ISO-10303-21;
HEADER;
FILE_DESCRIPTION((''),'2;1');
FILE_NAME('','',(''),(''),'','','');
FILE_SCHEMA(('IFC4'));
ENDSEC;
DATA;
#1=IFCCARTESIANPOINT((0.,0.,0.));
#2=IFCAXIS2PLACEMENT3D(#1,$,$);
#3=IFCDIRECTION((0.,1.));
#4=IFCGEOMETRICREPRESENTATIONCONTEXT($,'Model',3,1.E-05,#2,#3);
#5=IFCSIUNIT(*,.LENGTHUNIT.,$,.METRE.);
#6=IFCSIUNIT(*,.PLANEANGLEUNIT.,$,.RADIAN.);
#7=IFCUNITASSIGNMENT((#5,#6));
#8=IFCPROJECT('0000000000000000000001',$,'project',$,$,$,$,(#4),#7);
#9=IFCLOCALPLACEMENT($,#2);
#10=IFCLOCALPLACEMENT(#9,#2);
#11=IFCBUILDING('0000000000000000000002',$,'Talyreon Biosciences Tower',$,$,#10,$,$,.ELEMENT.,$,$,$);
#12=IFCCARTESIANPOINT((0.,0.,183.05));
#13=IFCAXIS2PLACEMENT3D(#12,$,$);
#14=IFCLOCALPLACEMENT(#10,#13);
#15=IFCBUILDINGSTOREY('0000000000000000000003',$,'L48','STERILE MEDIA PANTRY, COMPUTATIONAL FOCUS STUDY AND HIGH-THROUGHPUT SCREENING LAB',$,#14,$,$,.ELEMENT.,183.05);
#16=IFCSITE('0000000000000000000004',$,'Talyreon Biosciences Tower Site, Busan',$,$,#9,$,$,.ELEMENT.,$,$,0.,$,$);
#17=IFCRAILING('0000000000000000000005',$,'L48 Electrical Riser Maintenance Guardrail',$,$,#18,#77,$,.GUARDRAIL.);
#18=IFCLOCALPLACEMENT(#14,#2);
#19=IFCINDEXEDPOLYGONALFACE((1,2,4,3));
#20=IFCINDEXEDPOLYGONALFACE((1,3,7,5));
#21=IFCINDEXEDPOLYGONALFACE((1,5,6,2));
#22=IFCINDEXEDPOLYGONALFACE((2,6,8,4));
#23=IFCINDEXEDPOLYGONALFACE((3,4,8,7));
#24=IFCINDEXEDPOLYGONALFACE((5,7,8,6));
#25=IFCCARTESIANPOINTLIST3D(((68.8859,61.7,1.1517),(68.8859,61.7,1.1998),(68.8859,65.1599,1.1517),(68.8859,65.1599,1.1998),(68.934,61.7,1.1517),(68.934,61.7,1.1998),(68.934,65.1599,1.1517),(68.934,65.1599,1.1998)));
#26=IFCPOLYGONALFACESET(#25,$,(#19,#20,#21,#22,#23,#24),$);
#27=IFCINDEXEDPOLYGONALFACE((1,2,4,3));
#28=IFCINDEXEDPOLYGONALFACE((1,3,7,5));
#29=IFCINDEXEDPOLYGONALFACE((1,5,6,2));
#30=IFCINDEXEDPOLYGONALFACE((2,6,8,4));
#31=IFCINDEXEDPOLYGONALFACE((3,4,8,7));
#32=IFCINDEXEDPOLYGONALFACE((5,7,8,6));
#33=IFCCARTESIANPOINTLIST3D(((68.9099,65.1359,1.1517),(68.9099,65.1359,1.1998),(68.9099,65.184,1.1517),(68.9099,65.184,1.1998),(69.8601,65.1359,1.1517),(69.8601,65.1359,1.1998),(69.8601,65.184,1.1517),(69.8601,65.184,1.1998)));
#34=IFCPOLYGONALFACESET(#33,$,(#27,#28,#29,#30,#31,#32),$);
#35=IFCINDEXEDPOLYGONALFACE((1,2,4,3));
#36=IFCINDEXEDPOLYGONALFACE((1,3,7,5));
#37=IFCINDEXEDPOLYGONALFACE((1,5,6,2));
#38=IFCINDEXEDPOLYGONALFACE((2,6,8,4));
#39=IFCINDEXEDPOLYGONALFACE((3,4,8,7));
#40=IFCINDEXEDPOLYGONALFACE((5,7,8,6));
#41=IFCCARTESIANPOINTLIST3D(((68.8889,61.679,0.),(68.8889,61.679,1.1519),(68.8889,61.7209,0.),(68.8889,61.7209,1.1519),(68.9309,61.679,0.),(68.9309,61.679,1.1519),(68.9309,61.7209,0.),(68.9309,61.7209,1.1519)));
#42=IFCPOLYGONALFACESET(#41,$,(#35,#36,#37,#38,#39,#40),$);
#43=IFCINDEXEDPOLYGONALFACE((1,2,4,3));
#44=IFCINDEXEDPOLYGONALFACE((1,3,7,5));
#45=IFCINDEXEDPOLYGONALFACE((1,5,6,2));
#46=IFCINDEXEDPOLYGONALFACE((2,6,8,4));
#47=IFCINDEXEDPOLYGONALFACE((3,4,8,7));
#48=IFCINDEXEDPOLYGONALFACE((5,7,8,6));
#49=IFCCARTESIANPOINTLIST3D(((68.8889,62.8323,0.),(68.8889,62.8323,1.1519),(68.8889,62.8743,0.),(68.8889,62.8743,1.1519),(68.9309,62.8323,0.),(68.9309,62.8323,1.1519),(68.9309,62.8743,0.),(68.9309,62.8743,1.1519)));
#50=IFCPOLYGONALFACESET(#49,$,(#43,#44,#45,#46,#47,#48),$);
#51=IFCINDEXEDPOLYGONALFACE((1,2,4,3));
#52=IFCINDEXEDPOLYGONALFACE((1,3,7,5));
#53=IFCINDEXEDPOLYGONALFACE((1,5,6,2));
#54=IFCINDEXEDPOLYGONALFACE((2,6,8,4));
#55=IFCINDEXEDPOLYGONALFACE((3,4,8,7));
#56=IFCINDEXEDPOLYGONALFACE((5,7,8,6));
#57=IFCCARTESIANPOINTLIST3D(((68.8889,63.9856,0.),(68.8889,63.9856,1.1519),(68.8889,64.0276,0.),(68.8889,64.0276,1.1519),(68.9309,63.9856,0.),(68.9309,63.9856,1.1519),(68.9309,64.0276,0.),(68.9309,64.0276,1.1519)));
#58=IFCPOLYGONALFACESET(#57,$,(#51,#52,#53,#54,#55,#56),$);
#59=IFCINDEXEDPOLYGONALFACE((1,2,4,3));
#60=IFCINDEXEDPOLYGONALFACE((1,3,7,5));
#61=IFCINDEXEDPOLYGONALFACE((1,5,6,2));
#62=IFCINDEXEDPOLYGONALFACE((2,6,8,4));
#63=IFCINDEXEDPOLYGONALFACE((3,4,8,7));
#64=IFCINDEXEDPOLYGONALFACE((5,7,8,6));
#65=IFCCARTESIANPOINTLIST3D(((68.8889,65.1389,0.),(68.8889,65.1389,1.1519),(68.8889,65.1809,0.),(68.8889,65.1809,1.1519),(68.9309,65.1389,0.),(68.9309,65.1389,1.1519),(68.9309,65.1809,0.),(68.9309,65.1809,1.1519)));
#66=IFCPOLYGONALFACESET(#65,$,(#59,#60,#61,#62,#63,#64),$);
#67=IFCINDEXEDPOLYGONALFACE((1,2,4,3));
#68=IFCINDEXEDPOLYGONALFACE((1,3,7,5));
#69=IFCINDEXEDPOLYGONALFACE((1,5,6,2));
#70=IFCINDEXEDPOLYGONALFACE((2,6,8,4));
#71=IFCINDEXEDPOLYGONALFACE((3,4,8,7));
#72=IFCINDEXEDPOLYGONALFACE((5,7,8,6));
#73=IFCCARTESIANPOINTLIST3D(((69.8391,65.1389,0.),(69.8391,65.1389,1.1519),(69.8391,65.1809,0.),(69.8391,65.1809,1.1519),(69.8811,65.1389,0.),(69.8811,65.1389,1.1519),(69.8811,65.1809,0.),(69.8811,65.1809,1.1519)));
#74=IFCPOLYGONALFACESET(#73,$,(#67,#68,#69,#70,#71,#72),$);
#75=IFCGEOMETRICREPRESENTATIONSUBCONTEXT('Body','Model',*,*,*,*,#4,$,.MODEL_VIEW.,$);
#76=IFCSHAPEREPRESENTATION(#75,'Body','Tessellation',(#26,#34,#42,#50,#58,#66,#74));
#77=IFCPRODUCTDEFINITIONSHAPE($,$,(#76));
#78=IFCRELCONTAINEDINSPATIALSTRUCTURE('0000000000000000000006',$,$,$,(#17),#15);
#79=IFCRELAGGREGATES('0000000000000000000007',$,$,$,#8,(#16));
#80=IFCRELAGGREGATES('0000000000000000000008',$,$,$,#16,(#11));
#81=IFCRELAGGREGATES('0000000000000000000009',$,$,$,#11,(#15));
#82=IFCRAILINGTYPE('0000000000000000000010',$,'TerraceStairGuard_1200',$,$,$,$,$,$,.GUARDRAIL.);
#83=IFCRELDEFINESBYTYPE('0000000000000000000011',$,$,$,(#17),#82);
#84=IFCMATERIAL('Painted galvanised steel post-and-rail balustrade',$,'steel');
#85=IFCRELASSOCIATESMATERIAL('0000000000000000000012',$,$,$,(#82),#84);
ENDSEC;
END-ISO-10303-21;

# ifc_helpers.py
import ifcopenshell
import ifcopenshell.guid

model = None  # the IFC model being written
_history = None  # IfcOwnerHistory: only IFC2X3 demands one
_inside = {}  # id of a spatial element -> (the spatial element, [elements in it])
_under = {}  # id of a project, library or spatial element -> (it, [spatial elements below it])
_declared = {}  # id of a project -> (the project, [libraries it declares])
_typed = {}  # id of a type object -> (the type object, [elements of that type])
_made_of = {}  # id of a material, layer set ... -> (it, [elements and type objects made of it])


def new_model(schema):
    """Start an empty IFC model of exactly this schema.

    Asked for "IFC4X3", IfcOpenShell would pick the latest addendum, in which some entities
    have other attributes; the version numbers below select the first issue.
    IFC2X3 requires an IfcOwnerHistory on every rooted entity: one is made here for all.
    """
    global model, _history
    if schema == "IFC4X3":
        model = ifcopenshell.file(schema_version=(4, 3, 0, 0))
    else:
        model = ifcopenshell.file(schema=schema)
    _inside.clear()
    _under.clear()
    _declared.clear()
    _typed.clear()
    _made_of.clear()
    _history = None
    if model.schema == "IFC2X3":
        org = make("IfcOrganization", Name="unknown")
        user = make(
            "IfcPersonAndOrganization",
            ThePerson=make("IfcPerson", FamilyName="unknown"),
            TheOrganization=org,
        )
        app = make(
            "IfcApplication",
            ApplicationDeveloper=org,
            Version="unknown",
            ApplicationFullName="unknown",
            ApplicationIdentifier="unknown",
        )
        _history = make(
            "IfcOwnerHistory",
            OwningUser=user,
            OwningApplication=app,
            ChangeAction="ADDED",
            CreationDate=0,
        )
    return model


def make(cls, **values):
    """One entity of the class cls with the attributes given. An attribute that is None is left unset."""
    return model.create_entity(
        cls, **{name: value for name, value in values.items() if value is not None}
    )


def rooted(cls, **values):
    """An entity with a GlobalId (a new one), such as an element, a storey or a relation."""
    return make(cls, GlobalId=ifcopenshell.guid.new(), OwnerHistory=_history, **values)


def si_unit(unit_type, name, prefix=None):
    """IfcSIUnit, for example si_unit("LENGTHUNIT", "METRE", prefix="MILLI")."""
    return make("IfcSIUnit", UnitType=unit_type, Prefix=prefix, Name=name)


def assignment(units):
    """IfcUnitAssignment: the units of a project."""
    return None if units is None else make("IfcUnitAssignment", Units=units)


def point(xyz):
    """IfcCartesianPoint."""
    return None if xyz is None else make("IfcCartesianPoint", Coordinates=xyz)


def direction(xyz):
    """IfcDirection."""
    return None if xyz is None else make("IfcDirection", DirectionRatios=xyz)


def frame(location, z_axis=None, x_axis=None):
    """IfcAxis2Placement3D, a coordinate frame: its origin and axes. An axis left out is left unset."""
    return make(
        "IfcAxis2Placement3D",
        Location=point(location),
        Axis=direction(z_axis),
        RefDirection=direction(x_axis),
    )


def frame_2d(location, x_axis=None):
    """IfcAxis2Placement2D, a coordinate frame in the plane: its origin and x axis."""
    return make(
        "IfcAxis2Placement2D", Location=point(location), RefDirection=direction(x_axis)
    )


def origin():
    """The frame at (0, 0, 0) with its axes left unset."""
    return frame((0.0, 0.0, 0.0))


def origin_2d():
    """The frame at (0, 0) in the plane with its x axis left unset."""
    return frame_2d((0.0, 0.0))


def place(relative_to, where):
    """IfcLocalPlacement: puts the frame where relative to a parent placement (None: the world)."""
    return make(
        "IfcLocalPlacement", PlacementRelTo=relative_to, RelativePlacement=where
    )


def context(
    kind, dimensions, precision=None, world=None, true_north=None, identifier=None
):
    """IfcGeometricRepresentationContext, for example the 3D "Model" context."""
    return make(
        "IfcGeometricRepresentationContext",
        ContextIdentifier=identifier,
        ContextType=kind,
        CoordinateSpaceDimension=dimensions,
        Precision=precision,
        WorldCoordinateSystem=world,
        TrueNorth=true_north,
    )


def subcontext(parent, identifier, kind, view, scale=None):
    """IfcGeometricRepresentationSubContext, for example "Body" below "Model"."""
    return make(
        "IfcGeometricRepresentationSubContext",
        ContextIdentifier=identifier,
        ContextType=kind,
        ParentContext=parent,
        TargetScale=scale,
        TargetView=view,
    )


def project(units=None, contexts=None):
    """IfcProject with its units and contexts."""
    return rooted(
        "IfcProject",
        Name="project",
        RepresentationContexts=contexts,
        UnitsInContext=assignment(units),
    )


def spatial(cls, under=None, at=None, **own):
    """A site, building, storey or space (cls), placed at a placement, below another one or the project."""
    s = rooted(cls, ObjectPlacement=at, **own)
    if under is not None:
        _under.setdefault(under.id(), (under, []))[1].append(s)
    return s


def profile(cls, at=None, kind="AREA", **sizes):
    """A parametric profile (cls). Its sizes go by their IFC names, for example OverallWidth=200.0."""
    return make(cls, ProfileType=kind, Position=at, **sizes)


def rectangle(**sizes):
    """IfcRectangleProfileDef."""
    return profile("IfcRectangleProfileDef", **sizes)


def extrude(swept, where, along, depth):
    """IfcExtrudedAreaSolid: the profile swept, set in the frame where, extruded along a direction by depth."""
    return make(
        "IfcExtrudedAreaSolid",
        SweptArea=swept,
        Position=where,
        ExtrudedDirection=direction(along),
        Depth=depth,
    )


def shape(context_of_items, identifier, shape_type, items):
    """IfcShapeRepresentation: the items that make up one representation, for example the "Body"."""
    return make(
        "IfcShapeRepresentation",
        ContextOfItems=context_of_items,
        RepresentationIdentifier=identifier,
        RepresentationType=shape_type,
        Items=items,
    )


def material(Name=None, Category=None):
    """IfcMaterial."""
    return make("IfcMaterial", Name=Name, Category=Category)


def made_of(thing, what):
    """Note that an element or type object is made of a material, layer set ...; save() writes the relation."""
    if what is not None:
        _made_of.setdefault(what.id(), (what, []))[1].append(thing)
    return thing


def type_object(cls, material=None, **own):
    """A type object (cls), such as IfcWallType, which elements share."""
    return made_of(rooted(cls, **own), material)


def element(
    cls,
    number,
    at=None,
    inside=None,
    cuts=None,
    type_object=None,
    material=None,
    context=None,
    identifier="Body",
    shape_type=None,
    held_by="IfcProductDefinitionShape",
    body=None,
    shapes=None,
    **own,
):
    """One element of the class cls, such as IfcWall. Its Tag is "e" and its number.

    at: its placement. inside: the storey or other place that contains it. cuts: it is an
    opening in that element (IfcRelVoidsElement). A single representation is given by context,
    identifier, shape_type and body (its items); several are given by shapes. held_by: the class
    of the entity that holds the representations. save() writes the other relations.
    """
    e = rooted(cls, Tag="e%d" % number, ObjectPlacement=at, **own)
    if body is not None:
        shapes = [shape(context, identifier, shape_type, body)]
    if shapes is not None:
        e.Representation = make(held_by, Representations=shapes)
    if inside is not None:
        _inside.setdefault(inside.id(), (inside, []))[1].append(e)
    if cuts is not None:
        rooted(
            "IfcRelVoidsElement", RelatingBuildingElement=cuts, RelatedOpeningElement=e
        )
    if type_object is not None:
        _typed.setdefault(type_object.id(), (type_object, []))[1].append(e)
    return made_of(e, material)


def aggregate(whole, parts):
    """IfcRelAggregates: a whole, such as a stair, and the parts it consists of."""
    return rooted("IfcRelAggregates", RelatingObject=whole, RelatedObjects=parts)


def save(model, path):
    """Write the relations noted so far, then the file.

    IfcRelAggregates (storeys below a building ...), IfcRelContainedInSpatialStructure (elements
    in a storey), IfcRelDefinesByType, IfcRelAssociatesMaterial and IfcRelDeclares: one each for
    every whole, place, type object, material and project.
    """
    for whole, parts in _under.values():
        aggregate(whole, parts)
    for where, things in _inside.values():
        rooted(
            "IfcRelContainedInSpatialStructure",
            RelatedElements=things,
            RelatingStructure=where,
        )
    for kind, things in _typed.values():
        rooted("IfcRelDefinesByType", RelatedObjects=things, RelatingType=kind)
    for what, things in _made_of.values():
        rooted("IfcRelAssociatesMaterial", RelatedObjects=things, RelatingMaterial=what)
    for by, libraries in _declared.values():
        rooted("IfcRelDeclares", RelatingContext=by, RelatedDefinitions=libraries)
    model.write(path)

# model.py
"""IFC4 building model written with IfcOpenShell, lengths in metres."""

from ifc_helpers import new_model, si_unit, direction, frame, origin, origin_2d, place, context, subcontext, project, spatial, rectangle, extrude, material, type_object, element, save


model = new_model("IFC4")

# Units and contexts
model_context = context("Model", 3, precision=1e-05, world=origin(), true_north=direction((0.0, 1.0)))
body_context = subcontext(model_context, "Body", "Model", "MODEL_VIEW")
ifc_project = project(units=[si_unit("LENGTHUNIT", "METRE"), si_unit("PLANEANGLEUNIT", "RADIAN")], contexts=[model_context])

# Site, building, storey
site_placement = place(None, origin())
site = spatial("IfcSite", under=ifc_project, at=site_placement, Name="Talyreon Biosciences Tower Site, Busan", CompositionType="ELEMENT", RefElevation=0.0)
building_placement = place(site_placement, origin())
building = spatial("IfcBuilding", under=site, at=building_placement, Name="Talyreon Biosciences Tower", CompositionType="ELEMENT")
storey_placement = place(building_placement, frame((0.0, 0.0, 183.05)))
storey = spatial("IfcBuildingStorey", under=building, at=storey_placement, Name="L48", Description="STERILE MEDIA PANTRY, COMPUTATIONAL FOCUS STUDY AND HIGH-THROUGHPUT SCREENING LAB", CompositionType="ELEMENT", Elevation=183.05)

# Railing
ifc_material_1 = material(Name="Painted galvanised steel post-and-rail balustrade", Category="steel")
railing_type_1 = type_object("IfcRailingType", Name="TerraceStairGuard_1200", PredefinedType="GUARDRAIL", material=ifc_material_1)
railing_1_placement = place(storey_placement, frame((68.9099, 61.7, 0.0)))
element("IfcRailing", 1, at=railing_1_placement, inside=storey, type_object=railing_type_1, Name="L48 Electrical Riser Maintenance Guardrail", PredefinedType="GUARDRAIL", context=body_context, shape_type="SweptSolid", body=[
    extrude(rectangle(XDim=0.0481, YDim=0.0481, at=origin_2d()), frame((0.0, 0.0, 1.1758), z_axis=(0.0, 1.0, 0.0), x_axis=(-1.0, 0.0, 0.0)), (0.0, 0.0, 1.0), 3.46),
    extrude(rectangle(XDim=0.0481, YDim=0.0481, at=origin_2d()), frame((0.0, 3.46, 1.1758), z_axis=(1.0, 0.0, 0.0), x_axis=(0.0, 1.0, 0.0)), (0.0, 0.0, 1.0), 0.9502),
    extrude(rectangle(XDim=0.042, YDim=0.042, at=origin_2d()), origin(), (0.0, 0.0, 1.0), 1.1519),
    extrude(rectangle(XDim=0.042, YDim=0.042, at=origin_2d()), frame((0.0, 1.1533, 0.0)), (0.0, 0.0, 1.0), 1.1519),
    extrude(rectangle(XDim=0.042, YDim=0.042, at=origin_2d()), frame((0.0, 2.3066, 0.0)), (0.0, 0.0, 1.0), 1.1519),
    extrude(rectangle(XDim=0.042, YDim=0.042, at=origin_2d()), frame((0.0, 3.46, 0.0)), (0.0, 0.0, 1.0), 1.1519),
    extrude(rectangle(XDim=0.042, YDim=0.042, at=origin_2d()), frame((0.9502, 3.46, 0.0)), (0.0, 0.0, 1.0), 1.1519),
])

save(model, "model.ifc")
